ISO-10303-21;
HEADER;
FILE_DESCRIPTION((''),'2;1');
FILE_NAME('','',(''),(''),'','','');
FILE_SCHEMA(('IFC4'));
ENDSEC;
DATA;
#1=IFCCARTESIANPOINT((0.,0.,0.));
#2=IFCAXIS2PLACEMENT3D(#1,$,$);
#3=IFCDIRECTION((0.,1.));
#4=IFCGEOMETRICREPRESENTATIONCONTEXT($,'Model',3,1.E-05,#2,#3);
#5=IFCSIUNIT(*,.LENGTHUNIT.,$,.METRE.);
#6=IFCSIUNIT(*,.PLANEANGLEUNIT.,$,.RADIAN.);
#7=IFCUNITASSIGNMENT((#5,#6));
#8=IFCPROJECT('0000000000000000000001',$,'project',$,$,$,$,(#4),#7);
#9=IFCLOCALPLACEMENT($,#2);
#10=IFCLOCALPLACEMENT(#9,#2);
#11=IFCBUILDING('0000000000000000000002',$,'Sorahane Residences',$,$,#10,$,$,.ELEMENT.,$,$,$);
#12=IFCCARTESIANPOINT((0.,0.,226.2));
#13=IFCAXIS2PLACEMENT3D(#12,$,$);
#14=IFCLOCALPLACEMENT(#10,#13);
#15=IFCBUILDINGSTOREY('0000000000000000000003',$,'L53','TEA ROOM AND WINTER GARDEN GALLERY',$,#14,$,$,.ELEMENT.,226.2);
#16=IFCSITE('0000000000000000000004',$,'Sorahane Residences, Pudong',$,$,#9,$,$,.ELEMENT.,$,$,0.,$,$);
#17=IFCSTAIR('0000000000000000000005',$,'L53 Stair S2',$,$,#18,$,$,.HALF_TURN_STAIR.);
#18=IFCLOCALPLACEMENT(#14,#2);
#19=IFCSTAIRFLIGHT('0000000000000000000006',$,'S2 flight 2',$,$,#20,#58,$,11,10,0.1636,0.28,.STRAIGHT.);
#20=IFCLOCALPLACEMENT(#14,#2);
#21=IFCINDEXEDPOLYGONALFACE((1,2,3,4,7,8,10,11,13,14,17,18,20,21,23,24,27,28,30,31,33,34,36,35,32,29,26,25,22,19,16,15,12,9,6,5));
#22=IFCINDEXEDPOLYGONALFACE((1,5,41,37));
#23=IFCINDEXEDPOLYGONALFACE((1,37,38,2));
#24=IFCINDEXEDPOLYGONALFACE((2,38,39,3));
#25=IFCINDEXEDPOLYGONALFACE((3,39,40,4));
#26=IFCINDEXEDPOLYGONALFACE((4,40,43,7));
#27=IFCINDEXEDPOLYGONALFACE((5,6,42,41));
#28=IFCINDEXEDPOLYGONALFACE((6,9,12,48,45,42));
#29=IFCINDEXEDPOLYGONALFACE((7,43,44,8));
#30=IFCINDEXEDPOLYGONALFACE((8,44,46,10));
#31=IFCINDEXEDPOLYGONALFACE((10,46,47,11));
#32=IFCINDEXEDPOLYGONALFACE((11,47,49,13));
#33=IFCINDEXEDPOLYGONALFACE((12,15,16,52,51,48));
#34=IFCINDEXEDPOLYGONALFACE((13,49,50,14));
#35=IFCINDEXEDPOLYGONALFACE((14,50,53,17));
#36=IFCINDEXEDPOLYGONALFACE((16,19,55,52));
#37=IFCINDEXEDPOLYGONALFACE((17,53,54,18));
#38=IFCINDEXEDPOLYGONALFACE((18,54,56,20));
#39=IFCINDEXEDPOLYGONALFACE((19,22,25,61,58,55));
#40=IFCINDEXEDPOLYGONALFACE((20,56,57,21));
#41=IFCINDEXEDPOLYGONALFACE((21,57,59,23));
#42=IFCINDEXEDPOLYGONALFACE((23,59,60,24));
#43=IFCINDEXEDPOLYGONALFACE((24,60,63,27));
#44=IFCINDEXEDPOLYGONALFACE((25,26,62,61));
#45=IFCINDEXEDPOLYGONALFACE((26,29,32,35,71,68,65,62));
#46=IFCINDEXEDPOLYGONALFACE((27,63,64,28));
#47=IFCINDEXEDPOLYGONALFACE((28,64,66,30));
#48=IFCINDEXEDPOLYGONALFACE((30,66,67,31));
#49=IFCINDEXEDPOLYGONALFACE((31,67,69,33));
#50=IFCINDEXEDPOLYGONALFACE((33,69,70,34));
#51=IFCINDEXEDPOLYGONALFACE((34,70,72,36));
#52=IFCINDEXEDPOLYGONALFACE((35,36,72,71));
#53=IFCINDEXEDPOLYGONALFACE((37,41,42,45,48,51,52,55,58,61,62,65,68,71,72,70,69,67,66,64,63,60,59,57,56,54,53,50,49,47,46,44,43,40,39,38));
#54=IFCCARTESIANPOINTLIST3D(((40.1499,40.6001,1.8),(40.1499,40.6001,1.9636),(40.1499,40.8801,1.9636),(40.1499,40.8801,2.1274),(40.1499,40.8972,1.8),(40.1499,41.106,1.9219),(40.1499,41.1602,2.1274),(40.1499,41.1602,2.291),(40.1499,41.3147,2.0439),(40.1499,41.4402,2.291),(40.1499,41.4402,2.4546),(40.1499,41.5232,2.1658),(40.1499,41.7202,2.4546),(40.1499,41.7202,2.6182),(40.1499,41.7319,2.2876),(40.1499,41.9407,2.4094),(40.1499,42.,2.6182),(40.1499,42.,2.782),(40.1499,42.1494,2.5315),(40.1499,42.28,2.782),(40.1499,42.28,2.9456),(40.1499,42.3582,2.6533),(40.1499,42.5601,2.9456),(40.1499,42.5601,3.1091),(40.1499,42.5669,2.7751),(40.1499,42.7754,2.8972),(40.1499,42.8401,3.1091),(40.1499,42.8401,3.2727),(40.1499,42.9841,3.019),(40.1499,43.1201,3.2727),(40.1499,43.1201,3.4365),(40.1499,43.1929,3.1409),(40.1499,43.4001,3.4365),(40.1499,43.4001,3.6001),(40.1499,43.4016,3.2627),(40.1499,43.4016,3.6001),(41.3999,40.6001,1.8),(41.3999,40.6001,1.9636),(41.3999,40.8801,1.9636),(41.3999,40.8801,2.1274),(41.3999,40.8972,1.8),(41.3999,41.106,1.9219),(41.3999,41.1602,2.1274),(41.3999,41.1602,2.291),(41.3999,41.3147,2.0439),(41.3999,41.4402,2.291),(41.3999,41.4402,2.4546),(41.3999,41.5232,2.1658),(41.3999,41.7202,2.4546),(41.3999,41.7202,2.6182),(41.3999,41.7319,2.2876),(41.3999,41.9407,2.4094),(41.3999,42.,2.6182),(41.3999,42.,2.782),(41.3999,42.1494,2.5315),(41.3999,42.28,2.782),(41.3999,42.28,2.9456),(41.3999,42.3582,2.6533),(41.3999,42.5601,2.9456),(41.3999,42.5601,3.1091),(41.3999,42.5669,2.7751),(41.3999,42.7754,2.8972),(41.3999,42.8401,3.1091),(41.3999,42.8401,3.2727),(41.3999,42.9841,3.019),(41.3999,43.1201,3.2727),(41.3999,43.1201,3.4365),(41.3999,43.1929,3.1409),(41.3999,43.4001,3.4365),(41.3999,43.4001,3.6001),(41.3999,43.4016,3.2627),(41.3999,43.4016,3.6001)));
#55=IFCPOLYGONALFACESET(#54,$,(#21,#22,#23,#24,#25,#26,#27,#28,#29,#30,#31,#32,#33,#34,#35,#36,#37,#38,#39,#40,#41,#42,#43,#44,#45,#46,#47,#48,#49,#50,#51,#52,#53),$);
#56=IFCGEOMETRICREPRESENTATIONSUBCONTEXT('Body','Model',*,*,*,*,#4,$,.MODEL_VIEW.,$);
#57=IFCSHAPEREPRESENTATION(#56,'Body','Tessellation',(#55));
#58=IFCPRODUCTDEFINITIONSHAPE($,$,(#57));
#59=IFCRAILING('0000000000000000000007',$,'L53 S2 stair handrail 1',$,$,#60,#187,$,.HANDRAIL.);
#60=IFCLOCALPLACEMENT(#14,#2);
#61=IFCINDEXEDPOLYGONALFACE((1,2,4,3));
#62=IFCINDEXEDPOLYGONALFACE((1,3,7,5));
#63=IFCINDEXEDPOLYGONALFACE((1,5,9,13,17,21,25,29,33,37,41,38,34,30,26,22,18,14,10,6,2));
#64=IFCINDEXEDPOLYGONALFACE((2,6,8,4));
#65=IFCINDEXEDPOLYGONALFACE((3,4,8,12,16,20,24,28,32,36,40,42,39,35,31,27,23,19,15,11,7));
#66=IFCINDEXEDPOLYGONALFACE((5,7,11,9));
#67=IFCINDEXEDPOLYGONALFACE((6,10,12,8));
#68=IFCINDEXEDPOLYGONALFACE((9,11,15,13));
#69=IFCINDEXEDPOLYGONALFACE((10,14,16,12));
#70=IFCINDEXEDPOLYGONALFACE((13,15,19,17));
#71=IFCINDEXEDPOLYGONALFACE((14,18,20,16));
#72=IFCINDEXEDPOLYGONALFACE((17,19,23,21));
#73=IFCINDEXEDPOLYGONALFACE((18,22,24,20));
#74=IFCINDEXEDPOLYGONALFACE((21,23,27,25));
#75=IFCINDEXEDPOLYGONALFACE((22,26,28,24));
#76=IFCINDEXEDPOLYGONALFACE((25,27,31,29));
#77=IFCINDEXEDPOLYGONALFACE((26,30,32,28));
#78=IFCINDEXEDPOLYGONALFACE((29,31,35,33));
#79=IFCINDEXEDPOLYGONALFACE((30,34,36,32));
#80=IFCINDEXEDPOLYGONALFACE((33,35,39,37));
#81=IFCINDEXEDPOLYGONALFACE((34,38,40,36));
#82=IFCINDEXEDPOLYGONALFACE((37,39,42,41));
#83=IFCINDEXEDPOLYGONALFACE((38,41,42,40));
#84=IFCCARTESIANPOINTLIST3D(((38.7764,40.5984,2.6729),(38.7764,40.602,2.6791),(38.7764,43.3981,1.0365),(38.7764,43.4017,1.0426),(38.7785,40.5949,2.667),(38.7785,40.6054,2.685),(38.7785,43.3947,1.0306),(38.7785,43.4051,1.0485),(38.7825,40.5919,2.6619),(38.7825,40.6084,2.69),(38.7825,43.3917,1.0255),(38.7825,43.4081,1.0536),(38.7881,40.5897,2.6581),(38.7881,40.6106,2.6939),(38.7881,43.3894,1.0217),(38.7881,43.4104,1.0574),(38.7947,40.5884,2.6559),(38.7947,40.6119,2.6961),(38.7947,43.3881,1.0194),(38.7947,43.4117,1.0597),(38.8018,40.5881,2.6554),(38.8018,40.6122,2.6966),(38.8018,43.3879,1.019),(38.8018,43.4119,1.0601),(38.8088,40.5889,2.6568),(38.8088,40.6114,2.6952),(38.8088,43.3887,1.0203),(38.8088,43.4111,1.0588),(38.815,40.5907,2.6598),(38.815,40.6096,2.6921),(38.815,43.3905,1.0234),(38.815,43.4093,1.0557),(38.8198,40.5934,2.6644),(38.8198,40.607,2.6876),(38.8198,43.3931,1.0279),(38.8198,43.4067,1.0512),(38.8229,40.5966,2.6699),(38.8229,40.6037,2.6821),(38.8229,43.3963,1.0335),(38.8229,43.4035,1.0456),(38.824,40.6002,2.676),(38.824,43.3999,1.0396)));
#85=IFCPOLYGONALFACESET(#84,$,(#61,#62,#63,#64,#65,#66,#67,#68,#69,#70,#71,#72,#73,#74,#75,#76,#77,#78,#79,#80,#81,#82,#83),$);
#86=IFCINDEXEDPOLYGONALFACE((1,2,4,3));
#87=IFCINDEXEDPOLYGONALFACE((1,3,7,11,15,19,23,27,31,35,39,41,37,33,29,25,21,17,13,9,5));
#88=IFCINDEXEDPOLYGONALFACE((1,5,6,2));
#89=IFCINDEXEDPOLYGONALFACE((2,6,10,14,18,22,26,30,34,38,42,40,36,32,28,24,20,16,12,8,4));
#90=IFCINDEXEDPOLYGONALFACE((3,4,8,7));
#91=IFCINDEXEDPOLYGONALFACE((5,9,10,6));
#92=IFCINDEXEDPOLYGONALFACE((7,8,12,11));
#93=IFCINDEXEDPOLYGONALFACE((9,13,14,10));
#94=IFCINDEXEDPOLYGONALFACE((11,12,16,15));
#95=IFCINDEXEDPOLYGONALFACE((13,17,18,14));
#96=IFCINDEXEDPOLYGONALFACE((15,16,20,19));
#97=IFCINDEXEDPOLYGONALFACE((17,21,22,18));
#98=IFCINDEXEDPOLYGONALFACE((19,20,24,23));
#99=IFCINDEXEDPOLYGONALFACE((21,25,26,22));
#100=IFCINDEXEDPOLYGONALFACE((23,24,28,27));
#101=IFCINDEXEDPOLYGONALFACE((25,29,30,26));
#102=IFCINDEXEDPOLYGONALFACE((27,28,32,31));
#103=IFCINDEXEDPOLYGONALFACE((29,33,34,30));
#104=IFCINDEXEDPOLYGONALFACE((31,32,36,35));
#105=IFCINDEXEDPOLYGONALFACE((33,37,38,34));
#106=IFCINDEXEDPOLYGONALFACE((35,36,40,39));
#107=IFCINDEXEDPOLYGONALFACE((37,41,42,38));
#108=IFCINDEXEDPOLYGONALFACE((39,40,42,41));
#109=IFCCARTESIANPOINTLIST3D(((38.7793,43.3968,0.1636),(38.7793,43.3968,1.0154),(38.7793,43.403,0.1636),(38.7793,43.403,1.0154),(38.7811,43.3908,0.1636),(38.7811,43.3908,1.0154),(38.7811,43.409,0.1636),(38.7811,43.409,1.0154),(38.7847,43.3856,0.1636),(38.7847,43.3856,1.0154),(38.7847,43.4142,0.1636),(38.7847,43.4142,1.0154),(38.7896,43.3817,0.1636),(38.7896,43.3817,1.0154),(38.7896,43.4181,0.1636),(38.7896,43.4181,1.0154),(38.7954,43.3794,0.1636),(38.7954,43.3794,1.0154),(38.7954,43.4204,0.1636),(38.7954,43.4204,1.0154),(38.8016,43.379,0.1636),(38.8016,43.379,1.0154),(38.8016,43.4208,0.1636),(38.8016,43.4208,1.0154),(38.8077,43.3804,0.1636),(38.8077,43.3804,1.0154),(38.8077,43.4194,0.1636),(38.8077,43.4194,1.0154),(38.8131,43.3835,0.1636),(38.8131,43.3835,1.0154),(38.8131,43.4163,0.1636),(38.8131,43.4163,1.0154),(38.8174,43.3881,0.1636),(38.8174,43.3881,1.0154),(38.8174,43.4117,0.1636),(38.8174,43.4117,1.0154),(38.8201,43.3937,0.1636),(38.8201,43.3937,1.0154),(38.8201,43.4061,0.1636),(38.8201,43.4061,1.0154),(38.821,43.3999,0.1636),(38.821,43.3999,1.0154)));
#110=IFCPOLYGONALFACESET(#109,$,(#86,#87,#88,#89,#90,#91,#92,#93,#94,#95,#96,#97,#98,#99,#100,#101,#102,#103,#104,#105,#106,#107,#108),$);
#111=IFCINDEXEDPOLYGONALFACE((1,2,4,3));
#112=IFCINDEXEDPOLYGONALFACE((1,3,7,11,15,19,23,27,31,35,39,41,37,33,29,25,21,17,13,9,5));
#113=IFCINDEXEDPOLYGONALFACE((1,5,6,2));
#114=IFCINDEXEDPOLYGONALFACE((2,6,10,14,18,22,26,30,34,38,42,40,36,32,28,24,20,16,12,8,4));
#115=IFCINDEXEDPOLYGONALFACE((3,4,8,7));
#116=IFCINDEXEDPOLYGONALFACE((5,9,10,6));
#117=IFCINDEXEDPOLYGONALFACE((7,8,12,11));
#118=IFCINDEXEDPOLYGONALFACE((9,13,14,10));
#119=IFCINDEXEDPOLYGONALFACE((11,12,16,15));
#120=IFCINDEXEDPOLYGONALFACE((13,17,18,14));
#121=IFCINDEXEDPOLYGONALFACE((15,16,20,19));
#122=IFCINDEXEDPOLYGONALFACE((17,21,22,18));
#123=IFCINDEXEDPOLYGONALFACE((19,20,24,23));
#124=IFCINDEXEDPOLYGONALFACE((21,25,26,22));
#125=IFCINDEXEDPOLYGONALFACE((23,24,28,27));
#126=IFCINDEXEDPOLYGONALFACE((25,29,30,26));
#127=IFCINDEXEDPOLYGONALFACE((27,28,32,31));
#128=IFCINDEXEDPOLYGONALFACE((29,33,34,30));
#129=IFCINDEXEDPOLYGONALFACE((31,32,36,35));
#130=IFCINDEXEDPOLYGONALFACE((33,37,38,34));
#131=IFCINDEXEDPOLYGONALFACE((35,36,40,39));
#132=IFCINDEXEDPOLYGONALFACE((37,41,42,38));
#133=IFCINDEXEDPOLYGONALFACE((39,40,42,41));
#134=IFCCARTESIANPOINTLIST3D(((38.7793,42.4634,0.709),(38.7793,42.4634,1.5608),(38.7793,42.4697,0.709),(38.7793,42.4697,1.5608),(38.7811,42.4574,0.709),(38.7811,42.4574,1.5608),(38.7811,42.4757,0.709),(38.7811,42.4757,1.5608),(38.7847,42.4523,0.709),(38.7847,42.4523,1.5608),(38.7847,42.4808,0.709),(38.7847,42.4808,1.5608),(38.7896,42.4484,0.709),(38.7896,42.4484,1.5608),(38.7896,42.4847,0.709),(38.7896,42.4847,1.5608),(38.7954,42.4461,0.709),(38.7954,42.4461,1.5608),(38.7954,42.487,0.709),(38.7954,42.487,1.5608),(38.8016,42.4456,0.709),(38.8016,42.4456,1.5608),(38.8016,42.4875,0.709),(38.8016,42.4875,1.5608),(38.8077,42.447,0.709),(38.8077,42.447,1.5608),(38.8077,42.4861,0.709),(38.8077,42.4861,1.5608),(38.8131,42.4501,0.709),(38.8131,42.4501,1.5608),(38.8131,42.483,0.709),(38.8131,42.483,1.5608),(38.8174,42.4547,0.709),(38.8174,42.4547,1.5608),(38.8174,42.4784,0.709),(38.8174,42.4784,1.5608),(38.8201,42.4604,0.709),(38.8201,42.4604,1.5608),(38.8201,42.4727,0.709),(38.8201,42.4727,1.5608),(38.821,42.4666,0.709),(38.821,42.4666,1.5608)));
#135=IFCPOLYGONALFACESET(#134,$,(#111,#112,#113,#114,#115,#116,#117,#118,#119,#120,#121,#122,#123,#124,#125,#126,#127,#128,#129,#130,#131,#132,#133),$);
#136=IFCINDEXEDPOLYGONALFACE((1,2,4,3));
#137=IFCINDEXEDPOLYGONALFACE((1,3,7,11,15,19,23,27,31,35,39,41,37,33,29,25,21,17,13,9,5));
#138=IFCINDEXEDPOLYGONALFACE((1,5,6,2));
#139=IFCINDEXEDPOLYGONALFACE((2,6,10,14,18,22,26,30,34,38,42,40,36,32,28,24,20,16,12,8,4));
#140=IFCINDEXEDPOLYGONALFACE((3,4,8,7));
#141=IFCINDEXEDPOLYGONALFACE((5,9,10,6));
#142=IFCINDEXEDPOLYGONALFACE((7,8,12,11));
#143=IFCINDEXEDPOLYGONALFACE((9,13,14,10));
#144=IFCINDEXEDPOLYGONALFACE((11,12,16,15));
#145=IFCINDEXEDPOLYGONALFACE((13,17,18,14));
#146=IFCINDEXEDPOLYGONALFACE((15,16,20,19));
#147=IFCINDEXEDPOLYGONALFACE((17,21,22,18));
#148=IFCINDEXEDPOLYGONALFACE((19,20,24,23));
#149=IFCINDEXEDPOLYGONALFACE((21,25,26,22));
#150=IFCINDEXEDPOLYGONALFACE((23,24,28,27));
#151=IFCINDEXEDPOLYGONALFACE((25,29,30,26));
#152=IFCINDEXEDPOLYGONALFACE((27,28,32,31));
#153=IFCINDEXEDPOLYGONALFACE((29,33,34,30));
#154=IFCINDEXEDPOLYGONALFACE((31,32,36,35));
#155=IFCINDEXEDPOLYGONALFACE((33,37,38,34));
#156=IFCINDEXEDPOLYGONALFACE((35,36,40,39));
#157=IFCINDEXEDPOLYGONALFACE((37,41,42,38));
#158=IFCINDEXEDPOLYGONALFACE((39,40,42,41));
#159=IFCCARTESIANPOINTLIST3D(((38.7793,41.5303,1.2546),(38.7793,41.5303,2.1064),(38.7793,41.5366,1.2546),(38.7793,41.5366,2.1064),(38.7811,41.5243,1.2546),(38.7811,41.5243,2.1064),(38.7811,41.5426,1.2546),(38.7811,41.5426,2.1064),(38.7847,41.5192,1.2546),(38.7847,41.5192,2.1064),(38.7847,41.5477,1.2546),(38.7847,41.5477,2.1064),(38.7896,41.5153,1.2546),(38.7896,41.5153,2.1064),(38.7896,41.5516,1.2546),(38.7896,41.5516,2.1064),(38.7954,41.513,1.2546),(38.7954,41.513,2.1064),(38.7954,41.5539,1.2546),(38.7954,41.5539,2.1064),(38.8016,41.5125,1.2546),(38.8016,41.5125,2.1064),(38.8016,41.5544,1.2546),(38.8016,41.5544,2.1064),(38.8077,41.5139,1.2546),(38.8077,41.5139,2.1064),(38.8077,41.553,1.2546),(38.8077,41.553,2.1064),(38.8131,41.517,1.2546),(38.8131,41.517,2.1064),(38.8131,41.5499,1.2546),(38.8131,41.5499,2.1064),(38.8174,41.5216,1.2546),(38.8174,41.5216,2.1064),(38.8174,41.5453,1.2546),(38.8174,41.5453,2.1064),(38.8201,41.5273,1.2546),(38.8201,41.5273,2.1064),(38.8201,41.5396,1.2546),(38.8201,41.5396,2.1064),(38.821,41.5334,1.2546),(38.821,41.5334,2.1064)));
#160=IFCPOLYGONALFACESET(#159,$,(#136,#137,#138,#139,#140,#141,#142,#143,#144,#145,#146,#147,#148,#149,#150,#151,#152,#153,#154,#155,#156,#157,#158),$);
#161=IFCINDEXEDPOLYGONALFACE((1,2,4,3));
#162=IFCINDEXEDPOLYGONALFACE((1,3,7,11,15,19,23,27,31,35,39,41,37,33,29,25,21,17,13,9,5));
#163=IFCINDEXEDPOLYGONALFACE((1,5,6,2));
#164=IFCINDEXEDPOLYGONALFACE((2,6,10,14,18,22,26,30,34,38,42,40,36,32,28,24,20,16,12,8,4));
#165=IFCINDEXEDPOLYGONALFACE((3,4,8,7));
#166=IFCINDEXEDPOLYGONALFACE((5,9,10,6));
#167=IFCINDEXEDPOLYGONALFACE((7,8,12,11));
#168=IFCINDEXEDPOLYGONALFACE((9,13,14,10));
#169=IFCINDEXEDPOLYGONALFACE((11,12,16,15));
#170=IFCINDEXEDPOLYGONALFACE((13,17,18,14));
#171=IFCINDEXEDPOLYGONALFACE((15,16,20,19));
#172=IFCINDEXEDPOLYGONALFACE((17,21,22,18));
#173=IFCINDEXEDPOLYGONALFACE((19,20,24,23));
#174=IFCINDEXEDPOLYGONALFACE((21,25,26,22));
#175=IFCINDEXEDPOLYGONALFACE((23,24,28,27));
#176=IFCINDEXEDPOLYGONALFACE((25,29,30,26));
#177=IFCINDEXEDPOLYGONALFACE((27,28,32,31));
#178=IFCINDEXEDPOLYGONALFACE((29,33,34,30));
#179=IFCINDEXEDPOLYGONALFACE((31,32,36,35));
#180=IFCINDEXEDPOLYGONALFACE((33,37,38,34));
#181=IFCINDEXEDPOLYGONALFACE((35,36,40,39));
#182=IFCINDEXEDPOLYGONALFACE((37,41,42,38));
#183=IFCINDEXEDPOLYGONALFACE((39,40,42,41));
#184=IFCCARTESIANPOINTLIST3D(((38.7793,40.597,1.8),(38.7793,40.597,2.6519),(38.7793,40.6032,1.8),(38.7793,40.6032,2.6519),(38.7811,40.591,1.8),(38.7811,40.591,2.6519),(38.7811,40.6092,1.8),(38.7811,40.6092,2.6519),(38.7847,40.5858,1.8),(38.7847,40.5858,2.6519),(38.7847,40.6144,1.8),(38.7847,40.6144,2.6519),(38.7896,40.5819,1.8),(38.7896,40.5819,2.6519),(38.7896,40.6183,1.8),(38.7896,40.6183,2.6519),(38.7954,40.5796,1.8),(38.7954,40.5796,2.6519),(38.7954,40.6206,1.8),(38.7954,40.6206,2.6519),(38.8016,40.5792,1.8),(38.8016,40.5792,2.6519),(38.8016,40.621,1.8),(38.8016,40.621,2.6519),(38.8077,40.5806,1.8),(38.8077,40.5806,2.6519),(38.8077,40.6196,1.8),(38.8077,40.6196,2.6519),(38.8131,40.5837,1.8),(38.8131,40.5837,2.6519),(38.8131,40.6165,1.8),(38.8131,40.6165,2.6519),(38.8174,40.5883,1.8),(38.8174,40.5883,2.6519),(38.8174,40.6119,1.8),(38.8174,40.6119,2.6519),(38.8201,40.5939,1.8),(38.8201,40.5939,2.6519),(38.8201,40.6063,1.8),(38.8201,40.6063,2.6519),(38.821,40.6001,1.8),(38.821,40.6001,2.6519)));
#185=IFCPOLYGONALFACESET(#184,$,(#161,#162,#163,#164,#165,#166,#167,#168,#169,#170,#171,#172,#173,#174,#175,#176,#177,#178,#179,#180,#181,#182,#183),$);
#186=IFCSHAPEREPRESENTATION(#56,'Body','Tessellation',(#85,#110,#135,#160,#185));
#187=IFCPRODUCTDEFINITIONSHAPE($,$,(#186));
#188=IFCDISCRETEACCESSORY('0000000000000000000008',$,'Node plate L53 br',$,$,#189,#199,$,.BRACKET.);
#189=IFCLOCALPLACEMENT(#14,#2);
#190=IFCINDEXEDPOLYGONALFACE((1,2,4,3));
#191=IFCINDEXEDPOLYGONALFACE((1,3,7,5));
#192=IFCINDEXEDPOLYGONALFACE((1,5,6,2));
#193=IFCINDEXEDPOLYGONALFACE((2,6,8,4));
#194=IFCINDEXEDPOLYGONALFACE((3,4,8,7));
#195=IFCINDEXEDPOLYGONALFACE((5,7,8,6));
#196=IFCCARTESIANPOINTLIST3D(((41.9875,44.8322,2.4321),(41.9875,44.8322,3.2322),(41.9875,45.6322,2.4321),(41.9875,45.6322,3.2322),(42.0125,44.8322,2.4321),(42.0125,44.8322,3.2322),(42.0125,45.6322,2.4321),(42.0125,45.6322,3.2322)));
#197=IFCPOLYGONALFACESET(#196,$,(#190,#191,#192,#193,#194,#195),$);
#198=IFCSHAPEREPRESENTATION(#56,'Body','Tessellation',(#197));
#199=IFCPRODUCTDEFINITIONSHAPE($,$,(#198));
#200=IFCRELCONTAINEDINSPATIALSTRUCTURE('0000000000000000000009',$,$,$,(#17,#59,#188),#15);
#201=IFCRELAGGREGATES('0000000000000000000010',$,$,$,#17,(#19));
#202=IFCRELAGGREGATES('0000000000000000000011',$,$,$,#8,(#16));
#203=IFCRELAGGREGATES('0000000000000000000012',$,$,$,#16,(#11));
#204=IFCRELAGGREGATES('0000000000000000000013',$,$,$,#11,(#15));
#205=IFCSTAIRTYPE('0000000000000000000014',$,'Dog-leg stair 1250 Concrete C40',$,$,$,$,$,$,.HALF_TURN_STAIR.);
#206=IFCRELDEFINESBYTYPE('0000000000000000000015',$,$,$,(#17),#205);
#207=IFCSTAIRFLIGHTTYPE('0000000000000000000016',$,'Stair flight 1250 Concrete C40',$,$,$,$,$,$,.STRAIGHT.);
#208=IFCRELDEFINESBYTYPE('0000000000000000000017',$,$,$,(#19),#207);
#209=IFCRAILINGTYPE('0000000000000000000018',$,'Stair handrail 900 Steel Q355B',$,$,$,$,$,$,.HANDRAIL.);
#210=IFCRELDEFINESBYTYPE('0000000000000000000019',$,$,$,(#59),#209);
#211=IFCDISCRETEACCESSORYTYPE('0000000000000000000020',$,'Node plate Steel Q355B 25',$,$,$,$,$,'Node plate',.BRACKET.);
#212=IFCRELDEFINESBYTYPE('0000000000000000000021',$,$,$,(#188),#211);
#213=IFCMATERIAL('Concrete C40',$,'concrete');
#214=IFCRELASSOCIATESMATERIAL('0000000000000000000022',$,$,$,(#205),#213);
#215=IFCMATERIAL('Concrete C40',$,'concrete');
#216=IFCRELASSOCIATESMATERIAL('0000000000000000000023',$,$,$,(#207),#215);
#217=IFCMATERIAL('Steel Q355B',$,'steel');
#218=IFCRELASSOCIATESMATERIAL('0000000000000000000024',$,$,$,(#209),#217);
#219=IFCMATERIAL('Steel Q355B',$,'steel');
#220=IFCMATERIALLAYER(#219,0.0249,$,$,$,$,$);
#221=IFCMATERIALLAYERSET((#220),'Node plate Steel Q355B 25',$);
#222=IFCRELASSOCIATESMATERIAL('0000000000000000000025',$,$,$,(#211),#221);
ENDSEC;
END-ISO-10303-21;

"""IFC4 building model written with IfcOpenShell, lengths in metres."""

from ifc_helpers import new_model, si_unit, direction, frame, origin, origin_2d, place, context, subcontext, project, spatial, polyline, rectangle, circle, outline, extrude, material, layer, layer_set, type_object, element, aggregate, save


model = new_model("IFC4")

# Units and contexts
model_context = context("Model", 3, precision=1e-05, world=origin(), true_north=direction((0.0, 1.0)))
body_context = subcontext(model_context, "Body", "Model", "MODEL_VIEW")
ifc_project = project(units=[si_unit("LENGTHUNIT", "METRE"), si_unit("PLANEANGLEUNIT", "RADIAN")], contexts=[model_context])

# Site, building, storey
site_placement = place(None, origin())
site = spatial("IfcSite", under=ifc_project, at=site_placement, Name="Sorahane Residences, Pudong", CompositionType="ELEMENT", RefElevation=0.0)
building_placement = place(site_placement, origin())
building = spatial("IfcBuilding", under=site, at=building_placement, Name="Sorahane Residences", CompositionType="ELEMENT")
storey_placement = place(building_placement, frame((0.0, 0.0, 226.2)))
storey = spatial("IfcBuildingStorey", under=building, at=storey_placement, Name="L53", Description="TEA ROOM AND WINTER GARDEN GALLERY", CompositionType="ELEMENT", Elevation=226.2)

# Stair, stair flight
ifc_material_1 = material(Name="Concrete C40", Category="concrete")
stair_type = type_object("IfcStairType", Name="Dog-leg stair 1250 Concrete C40", PredefinedType="HALF_TURN_STAIR", material=ifc_material_1)
stair_placement = place(storey_placement, origin())
stair = element("IfcStair", 1, at=stair_placement, inside=storey, type_object=stair_type, Name="L53 Stair S2", PredefinedType="HALF_TURN_STAIR")
ifc_material_2 = material(Name="Concrete C40", Category="concrete")
stair_flight_type = type_object("IfcStairFlightType", Name="Stair flight 1250 Concrete C40", PredefinedType="STRAIGHT", material=ifc_material_2)
stair_flight_1_placement = place(storey_placement, frame((40.7749, 40.6001, 1.8), z_axis=(0.0, 0.0, 1.0), x_axis=(0.0, 1.0, 0.0)))
stair_flight_1 = element("IfcStairFlight", 2, at=stair_flight_1_placement, type_object=stair_flight_type, Name="S2 flight 2", NumberOfRisers=11, NumberOfTreads=10, PredefinedType="STRAIGHT", RiserHeight=0.1636, TreadLength=0.28, context=body_context, shape_type="SweptSolid", body=[
    extrude(outline(polyline([(0.0, 0.0), (0.0, 0.1636), (0.28, 0.1636), (0.28, 0.3274), (0.5601, 0.3274), (0.5601, 0.491), (0.8401, 0.491), (0.8401, 0.6545), (1.1201, 0.6545), (1.1201, 0.8181), (1.3999, 0.8181), (1.3999, 0.9819), (1.6799, 0.9819), (1.6799, 1.1455), (1.96, 1.1455), (1.96, 1.3091), (2.24, 1.3091), (2.24, 1.4727), (2.52, 1.4727), (2.52, 1.6365), (2.8, 1.6365), (2.8, 1.8), (2.8015, 1.8), (2.8015, 1.4626), (2.5928, 1.3408), (2.384, 1.219), (2.1753, 1.0972), (1.9668, 0.9751), (1.7581, 0.8533), (1.5493, 0.7314), (1.3406, 0.6094), (1.1318, 0.4875), (0.9231, 0.3657), (0.7146, 0.2439), (0.5059, 0.1218), (0.2971, 0.0), (0.0, 0.0)])), frame((0.0, 0.625, 0.0), z_axis=(0.0, -1.0, 0.0), x_axis=(1.0, 0.0, 0.0)), (0.0, 0.0, 1.0), 1.25),
])
aggregate(stair, [stair_flight_1])

# Railing
ifc_material_3 = material(Name="Steel Q355B", Category="steel")
railing_type_1 = type_object("IfcRailingType", Name="Stair handrail 900 Steel Q355B", PredefinedType="HANDRAIL", material=ifc_material_3)
railing_1_placement = place(storey_placement, frame((38.8, 43.3999, 0.1636)))
element("IfcRailing", 3, at=railing_1_placement, inside=storey, type_object=railing_type_1, Name="L53 S2 stair handrail 1", PredefinedType="HANDRAIL", context=body_context, shape_type="SweptSolid", body=[
    extrude(circle(Radius=0.0239, at=origin_2d()), frame((0.0, 0.0, 0.876), z_axis=(0.0, -0.863342, 0.50462), x_axis=(1.0, 0.0, 0.0)), (0.0, 0.0, 1.0), 3.2429),
    extrude(circle(Radius=0.021, at=origin_2d()), origin(), (0.0, 0.0, 1.0), 0.8518),
    extrude(circle(Radius=0.021, at=origin_2d()), frame((0.0, -0.9333, 0.5454)), (0.0, 0.0, 1.0), 0.8518),
    extrude(circle(Radius=0.021, at=origin_2d()), frame((0.0, -1.8665, 1.0911)), (0.0, 0.0, 1.0), 0.8518),
    extrude(circle(Radius=0.021, at=origin_2d()), frame((0.0, -2.7998, 1.6365)), (0.0, 0.0, 1.0), 0.8518),
])

# Discrete accessory
ifc_material_4 = material(Name="Steel Q355B", Category="steel")
ifc_layer_1 = layer(ifc_material_4, 0.0249)
ifc_layer_set_1 = layer_set([ifc_layer_1], Name="Node plate Steel Q355B 25")
discrete_accessory_type = type_object("IfcDiscreteAccessoryType", Name="Node plate Steel Q355B 25", ElementType="Node plate", PredefinedType="BRACKET", material=ifc_layer_set_1)
for number, where, z_axis, x_axis, name in (
    (4, (42.0, 45.2322, 2.4321), (0.0, 0.0, 1.0), (0.0, 1.0, 0.0), "Node plate L53 br"),
):
    element("IfcDiscreteAccessory", number, at=place(storey_placement, frame(where, z_axis=z_axis, x_axis=x_axis)), inside=storey, type_object=discrete_accessory_type, Name=name, PredefinedType="BRACKET", context=body_context, shape_type="SweptSolid", body=[
        extrude(rectangle(XDim=0.8, YDim=0.0249, at=origin_2d()), origin(), (0.0, 0.0, 1.0), 0.8),
    ])

save(model, "model.ifc")
